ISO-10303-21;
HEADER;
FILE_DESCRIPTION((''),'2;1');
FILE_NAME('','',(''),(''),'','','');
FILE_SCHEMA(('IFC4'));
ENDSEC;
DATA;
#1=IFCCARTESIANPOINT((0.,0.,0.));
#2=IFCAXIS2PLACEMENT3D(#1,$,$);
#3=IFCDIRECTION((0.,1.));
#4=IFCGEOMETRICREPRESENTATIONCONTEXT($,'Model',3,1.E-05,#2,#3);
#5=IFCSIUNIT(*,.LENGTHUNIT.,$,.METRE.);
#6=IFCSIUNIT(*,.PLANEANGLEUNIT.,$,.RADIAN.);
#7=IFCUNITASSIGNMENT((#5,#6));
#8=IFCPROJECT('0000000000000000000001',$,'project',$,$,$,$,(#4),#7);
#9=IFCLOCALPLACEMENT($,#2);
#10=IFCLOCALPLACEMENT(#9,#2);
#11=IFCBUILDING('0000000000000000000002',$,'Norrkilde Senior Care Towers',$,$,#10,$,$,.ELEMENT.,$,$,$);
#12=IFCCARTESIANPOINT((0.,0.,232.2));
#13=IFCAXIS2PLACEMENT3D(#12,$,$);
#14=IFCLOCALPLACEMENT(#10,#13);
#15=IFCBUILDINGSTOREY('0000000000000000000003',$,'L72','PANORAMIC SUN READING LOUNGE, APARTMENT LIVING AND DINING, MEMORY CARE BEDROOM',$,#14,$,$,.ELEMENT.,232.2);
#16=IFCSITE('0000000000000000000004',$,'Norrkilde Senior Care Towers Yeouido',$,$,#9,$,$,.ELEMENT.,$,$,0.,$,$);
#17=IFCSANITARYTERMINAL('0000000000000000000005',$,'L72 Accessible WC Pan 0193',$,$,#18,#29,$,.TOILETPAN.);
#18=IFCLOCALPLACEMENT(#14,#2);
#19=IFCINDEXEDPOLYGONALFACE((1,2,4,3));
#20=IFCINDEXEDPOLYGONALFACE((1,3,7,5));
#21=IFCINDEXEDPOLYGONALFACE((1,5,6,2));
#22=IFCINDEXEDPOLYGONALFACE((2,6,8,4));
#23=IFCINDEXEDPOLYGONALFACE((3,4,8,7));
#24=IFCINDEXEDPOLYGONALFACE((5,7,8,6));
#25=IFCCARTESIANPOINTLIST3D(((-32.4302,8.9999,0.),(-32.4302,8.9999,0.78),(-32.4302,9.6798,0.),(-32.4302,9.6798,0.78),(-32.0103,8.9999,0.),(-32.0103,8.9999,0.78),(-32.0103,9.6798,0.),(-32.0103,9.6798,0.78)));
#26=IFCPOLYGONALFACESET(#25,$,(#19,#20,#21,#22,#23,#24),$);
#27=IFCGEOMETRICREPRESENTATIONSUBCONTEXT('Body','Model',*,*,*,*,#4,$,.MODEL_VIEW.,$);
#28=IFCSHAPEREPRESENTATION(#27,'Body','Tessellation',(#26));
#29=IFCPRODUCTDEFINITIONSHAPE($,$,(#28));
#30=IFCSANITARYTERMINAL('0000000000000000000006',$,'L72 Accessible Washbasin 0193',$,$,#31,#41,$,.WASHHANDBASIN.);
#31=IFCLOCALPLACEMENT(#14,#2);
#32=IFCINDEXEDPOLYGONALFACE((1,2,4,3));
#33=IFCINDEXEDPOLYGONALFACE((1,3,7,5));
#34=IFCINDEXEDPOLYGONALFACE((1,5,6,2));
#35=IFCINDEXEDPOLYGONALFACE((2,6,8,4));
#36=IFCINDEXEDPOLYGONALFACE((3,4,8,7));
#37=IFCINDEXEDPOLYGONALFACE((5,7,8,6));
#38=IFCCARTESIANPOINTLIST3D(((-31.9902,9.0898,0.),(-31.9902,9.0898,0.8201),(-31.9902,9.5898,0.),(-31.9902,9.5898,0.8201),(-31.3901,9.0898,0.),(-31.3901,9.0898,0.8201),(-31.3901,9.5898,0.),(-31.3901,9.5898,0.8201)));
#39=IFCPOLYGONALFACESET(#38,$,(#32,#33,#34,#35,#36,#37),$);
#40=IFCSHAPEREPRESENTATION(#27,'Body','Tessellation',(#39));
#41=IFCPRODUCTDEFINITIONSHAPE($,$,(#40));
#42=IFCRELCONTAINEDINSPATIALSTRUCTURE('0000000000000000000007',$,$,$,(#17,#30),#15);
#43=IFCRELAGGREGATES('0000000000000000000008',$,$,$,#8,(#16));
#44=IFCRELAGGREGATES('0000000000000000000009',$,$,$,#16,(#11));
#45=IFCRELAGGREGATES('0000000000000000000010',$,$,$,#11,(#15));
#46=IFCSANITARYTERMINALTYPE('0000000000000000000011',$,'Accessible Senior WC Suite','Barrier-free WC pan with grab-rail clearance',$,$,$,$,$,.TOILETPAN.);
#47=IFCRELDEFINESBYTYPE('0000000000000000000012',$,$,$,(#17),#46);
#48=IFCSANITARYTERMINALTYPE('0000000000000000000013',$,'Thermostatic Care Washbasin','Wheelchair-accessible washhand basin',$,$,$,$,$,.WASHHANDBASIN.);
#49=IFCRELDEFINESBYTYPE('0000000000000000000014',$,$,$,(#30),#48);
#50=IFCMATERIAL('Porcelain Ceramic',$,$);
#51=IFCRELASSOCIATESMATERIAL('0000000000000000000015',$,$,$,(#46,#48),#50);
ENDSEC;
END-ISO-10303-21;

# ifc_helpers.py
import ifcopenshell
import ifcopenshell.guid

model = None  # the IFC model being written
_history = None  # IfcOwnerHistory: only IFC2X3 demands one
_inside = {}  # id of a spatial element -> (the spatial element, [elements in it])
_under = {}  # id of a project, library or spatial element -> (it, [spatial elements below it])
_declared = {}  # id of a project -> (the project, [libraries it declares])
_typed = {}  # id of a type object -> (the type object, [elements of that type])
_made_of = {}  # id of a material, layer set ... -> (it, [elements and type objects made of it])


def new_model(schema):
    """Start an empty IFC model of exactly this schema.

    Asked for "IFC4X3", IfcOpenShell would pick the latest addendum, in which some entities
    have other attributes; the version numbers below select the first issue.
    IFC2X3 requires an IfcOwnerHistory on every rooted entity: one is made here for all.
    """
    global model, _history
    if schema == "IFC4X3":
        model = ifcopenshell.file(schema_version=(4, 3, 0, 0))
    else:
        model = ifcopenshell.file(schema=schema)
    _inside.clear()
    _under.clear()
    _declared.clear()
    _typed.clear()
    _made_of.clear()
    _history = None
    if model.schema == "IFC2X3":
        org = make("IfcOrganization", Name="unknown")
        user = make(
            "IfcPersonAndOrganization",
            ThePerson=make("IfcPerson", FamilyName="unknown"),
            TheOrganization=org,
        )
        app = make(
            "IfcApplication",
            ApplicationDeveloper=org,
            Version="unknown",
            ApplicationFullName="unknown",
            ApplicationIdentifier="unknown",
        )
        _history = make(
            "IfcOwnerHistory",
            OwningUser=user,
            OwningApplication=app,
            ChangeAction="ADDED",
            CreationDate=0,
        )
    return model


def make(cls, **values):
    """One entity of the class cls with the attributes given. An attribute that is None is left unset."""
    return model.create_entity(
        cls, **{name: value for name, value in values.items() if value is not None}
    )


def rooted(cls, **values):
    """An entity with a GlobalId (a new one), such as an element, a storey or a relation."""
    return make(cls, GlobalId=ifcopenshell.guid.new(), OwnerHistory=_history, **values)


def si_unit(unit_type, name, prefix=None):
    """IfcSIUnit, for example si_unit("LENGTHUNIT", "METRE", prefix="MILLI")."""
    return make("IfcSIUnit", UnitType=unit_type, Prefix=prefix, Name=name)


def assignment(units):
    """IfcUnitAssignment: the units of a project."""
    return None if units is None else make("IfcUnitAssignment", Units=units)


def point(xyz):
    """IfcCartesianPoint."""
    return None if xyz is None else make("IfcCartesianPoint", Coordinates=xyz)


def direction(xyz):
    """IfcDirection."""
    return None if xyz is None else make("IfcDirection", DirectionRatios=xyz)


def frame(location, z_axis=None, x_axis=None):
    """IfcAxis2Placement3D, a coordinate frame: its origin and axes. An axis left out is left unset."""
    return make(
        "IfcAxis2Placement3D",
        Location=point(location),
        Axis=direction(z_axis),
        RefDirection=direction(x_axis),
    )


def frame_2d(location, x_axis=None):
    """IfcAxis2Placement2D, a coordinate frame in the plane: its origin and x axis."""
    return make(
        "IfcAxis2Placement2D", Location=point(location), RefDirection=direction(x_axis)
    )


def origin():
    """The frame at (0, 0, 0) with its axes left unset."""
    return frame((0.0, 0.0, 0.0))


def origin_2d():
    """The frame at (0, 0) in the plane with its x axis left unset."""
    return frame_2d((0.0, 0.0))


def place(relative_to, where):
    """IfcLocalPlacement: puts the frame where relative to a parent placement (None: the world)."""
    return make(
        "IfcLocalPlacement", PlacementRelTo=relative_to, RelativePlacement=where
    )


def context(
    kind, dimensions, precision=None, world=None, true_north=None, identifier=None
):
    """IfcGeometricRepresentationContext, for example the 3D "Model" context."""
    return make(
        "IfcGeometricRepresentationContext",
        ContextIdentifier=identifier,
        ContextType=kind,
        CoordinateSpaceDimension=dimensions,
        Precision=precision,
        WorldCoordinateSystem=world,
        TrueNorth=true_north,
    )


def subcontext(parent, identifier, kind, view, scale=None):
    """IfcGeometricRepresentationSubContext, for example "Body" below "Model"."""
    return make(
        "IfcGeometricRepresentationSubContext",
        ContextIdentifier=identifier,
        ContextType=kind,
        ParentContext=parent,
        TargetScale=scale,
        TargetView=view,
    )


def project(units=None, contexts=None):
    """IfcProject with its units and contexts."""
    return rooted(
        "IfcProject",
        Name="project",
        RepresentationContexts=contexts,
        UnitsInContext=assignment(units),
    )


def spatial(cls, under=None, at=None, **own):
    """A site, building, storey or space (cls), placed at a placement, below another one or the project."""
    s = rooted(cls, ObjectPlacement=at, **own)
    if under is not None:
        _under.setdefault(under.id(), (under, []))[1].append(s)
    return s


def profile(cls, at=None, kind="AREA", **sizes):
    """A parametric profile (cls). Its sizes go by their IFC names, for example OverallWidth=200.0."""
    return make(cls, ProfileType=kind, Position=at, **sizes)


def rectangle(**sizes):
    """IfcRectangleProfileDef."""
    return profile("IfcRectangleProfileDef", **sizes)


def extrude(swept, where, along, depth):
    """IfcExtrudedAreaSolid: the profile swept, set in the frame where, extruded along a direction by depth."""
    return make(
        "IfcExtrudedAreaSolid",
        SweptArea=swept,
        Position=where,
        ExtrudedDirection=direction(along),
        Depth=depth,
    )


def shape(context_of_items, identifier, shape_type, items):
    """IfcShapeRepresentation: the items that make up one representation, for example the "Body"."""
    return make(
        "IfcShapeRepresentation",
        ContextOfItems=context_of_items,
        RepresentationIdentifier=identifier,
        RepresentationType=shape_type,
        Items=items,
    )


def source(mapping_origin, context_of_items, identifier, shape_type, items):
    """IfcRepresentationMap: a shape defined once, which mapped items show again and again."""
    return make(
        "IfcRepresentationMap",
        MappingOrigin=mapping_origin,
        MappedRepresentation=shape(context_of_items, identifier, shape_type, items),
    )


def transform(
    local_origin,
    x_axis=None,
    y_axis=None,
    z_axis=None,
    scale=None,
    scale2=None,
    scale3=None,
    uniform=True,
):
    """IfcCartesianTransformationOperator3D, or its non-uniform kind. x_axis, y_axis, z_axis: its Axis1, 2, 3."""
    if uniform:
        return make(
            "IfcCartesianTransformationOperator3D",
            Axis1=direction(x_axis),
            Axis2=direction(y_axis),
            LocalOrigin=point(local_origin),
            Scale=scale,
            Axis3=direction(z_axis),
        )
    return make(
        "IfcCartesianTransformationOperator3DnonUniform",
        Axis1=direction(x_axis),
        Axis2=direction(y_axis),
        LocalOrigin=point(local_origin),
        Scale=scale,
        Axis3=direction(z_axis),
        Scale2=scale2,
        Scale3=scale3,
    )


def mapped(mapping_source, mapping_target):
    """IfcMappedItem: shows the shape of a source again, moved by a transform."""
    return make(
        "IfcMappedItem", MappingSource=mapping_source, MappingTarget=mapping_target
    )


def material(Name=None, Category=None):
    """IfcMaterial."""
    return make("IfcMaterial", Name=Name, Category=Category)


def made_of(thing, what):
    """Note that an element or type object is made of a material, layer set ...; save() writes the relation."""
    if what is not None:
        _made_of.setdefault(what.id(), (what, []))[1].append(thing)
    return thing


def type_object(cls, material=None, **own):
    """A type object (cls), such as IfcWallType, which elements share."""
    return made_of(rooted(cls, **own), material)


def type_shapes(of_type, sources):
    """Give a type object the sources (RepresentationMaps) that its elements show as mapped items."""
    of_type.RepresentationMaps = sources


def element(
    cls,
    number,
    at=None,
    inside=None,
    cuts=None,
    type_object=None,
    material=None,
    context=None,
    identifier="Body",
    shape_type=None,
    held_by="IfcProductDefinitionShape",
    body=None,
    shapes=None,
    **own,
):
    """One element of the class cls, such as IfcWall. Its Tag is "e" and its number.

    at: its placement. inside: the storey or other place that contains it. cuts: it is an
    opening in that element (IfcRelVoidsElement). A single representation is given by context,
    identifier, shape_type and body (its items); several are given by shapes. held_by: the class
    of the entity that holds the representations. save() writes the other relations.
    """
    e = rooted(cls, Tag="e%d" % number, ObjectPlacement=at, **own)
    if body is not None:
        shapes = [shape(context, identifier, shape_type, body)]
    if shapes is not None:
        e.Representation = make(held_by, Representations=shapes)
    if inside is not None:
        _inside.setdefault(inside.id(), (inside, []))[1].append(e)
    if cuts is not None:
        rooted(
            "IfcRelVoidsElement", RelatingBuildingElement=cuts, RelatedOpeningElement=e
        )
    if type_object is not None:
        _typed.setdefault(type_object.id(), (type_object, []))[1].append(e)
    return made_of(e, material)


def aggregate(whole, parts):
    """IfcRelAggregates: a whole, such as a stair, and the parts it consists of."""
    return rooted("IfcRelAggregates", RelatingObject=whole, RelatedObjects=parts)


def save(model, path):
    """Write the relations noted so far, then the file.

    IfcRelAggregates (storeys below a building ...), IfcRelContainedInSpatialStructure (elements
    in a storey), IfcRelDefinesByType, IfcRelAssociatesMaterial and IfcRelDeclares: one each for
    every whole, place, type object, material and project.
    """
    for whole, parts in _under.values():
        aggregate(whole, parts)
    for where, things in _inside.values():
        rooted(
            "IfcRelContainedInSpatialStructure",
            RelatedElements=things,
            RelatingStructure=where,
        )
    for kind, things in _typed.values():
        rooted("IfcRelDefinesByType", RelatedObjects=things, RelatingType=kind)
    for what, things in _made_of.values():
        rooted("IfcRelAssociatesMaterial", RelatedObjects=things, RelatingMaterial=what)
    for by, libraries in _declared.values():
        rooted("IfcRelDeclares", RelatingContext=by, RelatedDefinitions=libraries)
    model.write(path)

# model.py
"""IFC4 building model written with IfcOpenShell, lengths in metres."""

from ifc_helpers import new_model, si_unit, direction, frame, origin, origin_2d, place, context, subcontext, project, spatial, rectangle, extrude, source, transform, mapped, material, type_object, type_shapes, element, save


model = new_model("IFC4")

# Units and contexts
model_context = context("Model", 3, precision=1e-05, world=origin(), true_north=direction((0.0, 1.0)))
body_context = subcontext(model_context, "Body", "Model", "MODEL_VIEW")
ifc_project = project(units=[si_unit("LENGTHUNIT", "METRE"), si_unit("PLANEANGLEUNIT", "RADIAN")], contexts=[model_context])

# Site, building, storey
site_placement = place(None, origin())
site = spatial("IfcSite", under=ifc_project, at=site_placement, Name="Norrkilde Senior Care Towers Yeouido", CompositionType="ELEMENT", RefElevation=0.0)
building_placement = place(site_placement, origin())
building = spatial("IfcBuilding", under=site, at=building_placement, Name="Norrkilde Senior Care Towers", CompositionType="ELEMENT")
storey_placement = place(building_placement, frame((0.0, 0.0, 232.2)))
storey = spatial("IfcBuildingStorey", under=building, at=storey_placement, Name="L72", Description="PANORAMIC SUN READING LOUNGE, APARTMENT LIVING AND DINING, MEMORY CARE BEDROOM", CompositionType="ELEMENT", Elevation=232.2)

# Sanitary terminals
ifc_material_1 = material(Name="Porcelain Ceramic")
sanitary_terminal_type_1 = type_object("IfcSanitaryTerminalType", Name="Accessible Senior WC Suite", Description="Barrier-free WC pan with grab-rail clearance", PredefinedType="TOILETPAN", material=ifc_material_1)
shared_shape_1 = source(origin(), body_context, "Body", "SweptSolid", [
    extrude(rectangle(XDim=0.4199, YDim=0.6799, at=origin_2d()), origin(), (0.0, 0.0, 1.0), 0.78),
])
type_shapes(sanitary_terminal_type_1, [shared_shape_1])
sanitary_terminal_1_placement = place(storey_placement, frame((-32.2202, 9.3398, 0.0), z_axis=(0.0, 0.0, 1.0), x_axis=(1.0, 0.0, 0.0)))
element("IfcSanitaryTerminal", 1, at=sanitary_terminal_1_placement, inside=storey, type_object=sanitary_terminal_type_1, Name="L72 Accessible WC Pan 0193", PredefinedType="TOILETPAN", context=body_context, shape_type="MappedRepresentation", body=[
    mapped(shared_shape_1, transform((0.0, 0.0, 0.0), x_axis=(1.0, 0.0, 0.0), y_axis=(0.0, 1.0, 0.0), z_axis=(0.0, 0.0, 1.0), scale=1.0)),
])
sanitary_terminal_type_2 = type_object("IfcSanitaryTerminalType", Name="Thermostatic Care Washbasin", Description="Wheelchair-accessible washhand basin", PredefinedType="WASHHANDBASIN", material=ifc_material_1)
shared_shape_2 = source(origin(), body_context, "Body", "SweptSolid", [
    extrude(rectangle(XDim=0.6001, YDim=0.5, at=origin_2d()), origin(), (0.0, 0.0, 1.0), 0.8201),
])
type_shapes(sanitary_terminal_type_2, [shared_shape_2])
sanitary_terminal_2_placement = place(storey_placement, frame((-31.6902, 9.3398, 0.0), z_axis=(0.0, 0.0, 1.0), x_axis=(1.0, 0.0, 0.0)))
element("IfcSanitaryTerminal", 2, at=sanitary_terminal_2_placement, inside=storey, type_object=sanitary_terminal_type_2, Name="L72 Accessible Washbasin 0193", PredefinedType="WASHHANDBASIN", context=body_context, shape_type="MappedRepresentation", body=[
    mapped(shared_shape_2, transform((0.0, 0.0, 0.0), x_axis=(1.0, 0.0, 0.0), y_axis=(0.0, 1.0, 0.0), z_axis=(0.0, 0.0, 1.0), scale=1.0)),
])

save(model, "model.ifc")
